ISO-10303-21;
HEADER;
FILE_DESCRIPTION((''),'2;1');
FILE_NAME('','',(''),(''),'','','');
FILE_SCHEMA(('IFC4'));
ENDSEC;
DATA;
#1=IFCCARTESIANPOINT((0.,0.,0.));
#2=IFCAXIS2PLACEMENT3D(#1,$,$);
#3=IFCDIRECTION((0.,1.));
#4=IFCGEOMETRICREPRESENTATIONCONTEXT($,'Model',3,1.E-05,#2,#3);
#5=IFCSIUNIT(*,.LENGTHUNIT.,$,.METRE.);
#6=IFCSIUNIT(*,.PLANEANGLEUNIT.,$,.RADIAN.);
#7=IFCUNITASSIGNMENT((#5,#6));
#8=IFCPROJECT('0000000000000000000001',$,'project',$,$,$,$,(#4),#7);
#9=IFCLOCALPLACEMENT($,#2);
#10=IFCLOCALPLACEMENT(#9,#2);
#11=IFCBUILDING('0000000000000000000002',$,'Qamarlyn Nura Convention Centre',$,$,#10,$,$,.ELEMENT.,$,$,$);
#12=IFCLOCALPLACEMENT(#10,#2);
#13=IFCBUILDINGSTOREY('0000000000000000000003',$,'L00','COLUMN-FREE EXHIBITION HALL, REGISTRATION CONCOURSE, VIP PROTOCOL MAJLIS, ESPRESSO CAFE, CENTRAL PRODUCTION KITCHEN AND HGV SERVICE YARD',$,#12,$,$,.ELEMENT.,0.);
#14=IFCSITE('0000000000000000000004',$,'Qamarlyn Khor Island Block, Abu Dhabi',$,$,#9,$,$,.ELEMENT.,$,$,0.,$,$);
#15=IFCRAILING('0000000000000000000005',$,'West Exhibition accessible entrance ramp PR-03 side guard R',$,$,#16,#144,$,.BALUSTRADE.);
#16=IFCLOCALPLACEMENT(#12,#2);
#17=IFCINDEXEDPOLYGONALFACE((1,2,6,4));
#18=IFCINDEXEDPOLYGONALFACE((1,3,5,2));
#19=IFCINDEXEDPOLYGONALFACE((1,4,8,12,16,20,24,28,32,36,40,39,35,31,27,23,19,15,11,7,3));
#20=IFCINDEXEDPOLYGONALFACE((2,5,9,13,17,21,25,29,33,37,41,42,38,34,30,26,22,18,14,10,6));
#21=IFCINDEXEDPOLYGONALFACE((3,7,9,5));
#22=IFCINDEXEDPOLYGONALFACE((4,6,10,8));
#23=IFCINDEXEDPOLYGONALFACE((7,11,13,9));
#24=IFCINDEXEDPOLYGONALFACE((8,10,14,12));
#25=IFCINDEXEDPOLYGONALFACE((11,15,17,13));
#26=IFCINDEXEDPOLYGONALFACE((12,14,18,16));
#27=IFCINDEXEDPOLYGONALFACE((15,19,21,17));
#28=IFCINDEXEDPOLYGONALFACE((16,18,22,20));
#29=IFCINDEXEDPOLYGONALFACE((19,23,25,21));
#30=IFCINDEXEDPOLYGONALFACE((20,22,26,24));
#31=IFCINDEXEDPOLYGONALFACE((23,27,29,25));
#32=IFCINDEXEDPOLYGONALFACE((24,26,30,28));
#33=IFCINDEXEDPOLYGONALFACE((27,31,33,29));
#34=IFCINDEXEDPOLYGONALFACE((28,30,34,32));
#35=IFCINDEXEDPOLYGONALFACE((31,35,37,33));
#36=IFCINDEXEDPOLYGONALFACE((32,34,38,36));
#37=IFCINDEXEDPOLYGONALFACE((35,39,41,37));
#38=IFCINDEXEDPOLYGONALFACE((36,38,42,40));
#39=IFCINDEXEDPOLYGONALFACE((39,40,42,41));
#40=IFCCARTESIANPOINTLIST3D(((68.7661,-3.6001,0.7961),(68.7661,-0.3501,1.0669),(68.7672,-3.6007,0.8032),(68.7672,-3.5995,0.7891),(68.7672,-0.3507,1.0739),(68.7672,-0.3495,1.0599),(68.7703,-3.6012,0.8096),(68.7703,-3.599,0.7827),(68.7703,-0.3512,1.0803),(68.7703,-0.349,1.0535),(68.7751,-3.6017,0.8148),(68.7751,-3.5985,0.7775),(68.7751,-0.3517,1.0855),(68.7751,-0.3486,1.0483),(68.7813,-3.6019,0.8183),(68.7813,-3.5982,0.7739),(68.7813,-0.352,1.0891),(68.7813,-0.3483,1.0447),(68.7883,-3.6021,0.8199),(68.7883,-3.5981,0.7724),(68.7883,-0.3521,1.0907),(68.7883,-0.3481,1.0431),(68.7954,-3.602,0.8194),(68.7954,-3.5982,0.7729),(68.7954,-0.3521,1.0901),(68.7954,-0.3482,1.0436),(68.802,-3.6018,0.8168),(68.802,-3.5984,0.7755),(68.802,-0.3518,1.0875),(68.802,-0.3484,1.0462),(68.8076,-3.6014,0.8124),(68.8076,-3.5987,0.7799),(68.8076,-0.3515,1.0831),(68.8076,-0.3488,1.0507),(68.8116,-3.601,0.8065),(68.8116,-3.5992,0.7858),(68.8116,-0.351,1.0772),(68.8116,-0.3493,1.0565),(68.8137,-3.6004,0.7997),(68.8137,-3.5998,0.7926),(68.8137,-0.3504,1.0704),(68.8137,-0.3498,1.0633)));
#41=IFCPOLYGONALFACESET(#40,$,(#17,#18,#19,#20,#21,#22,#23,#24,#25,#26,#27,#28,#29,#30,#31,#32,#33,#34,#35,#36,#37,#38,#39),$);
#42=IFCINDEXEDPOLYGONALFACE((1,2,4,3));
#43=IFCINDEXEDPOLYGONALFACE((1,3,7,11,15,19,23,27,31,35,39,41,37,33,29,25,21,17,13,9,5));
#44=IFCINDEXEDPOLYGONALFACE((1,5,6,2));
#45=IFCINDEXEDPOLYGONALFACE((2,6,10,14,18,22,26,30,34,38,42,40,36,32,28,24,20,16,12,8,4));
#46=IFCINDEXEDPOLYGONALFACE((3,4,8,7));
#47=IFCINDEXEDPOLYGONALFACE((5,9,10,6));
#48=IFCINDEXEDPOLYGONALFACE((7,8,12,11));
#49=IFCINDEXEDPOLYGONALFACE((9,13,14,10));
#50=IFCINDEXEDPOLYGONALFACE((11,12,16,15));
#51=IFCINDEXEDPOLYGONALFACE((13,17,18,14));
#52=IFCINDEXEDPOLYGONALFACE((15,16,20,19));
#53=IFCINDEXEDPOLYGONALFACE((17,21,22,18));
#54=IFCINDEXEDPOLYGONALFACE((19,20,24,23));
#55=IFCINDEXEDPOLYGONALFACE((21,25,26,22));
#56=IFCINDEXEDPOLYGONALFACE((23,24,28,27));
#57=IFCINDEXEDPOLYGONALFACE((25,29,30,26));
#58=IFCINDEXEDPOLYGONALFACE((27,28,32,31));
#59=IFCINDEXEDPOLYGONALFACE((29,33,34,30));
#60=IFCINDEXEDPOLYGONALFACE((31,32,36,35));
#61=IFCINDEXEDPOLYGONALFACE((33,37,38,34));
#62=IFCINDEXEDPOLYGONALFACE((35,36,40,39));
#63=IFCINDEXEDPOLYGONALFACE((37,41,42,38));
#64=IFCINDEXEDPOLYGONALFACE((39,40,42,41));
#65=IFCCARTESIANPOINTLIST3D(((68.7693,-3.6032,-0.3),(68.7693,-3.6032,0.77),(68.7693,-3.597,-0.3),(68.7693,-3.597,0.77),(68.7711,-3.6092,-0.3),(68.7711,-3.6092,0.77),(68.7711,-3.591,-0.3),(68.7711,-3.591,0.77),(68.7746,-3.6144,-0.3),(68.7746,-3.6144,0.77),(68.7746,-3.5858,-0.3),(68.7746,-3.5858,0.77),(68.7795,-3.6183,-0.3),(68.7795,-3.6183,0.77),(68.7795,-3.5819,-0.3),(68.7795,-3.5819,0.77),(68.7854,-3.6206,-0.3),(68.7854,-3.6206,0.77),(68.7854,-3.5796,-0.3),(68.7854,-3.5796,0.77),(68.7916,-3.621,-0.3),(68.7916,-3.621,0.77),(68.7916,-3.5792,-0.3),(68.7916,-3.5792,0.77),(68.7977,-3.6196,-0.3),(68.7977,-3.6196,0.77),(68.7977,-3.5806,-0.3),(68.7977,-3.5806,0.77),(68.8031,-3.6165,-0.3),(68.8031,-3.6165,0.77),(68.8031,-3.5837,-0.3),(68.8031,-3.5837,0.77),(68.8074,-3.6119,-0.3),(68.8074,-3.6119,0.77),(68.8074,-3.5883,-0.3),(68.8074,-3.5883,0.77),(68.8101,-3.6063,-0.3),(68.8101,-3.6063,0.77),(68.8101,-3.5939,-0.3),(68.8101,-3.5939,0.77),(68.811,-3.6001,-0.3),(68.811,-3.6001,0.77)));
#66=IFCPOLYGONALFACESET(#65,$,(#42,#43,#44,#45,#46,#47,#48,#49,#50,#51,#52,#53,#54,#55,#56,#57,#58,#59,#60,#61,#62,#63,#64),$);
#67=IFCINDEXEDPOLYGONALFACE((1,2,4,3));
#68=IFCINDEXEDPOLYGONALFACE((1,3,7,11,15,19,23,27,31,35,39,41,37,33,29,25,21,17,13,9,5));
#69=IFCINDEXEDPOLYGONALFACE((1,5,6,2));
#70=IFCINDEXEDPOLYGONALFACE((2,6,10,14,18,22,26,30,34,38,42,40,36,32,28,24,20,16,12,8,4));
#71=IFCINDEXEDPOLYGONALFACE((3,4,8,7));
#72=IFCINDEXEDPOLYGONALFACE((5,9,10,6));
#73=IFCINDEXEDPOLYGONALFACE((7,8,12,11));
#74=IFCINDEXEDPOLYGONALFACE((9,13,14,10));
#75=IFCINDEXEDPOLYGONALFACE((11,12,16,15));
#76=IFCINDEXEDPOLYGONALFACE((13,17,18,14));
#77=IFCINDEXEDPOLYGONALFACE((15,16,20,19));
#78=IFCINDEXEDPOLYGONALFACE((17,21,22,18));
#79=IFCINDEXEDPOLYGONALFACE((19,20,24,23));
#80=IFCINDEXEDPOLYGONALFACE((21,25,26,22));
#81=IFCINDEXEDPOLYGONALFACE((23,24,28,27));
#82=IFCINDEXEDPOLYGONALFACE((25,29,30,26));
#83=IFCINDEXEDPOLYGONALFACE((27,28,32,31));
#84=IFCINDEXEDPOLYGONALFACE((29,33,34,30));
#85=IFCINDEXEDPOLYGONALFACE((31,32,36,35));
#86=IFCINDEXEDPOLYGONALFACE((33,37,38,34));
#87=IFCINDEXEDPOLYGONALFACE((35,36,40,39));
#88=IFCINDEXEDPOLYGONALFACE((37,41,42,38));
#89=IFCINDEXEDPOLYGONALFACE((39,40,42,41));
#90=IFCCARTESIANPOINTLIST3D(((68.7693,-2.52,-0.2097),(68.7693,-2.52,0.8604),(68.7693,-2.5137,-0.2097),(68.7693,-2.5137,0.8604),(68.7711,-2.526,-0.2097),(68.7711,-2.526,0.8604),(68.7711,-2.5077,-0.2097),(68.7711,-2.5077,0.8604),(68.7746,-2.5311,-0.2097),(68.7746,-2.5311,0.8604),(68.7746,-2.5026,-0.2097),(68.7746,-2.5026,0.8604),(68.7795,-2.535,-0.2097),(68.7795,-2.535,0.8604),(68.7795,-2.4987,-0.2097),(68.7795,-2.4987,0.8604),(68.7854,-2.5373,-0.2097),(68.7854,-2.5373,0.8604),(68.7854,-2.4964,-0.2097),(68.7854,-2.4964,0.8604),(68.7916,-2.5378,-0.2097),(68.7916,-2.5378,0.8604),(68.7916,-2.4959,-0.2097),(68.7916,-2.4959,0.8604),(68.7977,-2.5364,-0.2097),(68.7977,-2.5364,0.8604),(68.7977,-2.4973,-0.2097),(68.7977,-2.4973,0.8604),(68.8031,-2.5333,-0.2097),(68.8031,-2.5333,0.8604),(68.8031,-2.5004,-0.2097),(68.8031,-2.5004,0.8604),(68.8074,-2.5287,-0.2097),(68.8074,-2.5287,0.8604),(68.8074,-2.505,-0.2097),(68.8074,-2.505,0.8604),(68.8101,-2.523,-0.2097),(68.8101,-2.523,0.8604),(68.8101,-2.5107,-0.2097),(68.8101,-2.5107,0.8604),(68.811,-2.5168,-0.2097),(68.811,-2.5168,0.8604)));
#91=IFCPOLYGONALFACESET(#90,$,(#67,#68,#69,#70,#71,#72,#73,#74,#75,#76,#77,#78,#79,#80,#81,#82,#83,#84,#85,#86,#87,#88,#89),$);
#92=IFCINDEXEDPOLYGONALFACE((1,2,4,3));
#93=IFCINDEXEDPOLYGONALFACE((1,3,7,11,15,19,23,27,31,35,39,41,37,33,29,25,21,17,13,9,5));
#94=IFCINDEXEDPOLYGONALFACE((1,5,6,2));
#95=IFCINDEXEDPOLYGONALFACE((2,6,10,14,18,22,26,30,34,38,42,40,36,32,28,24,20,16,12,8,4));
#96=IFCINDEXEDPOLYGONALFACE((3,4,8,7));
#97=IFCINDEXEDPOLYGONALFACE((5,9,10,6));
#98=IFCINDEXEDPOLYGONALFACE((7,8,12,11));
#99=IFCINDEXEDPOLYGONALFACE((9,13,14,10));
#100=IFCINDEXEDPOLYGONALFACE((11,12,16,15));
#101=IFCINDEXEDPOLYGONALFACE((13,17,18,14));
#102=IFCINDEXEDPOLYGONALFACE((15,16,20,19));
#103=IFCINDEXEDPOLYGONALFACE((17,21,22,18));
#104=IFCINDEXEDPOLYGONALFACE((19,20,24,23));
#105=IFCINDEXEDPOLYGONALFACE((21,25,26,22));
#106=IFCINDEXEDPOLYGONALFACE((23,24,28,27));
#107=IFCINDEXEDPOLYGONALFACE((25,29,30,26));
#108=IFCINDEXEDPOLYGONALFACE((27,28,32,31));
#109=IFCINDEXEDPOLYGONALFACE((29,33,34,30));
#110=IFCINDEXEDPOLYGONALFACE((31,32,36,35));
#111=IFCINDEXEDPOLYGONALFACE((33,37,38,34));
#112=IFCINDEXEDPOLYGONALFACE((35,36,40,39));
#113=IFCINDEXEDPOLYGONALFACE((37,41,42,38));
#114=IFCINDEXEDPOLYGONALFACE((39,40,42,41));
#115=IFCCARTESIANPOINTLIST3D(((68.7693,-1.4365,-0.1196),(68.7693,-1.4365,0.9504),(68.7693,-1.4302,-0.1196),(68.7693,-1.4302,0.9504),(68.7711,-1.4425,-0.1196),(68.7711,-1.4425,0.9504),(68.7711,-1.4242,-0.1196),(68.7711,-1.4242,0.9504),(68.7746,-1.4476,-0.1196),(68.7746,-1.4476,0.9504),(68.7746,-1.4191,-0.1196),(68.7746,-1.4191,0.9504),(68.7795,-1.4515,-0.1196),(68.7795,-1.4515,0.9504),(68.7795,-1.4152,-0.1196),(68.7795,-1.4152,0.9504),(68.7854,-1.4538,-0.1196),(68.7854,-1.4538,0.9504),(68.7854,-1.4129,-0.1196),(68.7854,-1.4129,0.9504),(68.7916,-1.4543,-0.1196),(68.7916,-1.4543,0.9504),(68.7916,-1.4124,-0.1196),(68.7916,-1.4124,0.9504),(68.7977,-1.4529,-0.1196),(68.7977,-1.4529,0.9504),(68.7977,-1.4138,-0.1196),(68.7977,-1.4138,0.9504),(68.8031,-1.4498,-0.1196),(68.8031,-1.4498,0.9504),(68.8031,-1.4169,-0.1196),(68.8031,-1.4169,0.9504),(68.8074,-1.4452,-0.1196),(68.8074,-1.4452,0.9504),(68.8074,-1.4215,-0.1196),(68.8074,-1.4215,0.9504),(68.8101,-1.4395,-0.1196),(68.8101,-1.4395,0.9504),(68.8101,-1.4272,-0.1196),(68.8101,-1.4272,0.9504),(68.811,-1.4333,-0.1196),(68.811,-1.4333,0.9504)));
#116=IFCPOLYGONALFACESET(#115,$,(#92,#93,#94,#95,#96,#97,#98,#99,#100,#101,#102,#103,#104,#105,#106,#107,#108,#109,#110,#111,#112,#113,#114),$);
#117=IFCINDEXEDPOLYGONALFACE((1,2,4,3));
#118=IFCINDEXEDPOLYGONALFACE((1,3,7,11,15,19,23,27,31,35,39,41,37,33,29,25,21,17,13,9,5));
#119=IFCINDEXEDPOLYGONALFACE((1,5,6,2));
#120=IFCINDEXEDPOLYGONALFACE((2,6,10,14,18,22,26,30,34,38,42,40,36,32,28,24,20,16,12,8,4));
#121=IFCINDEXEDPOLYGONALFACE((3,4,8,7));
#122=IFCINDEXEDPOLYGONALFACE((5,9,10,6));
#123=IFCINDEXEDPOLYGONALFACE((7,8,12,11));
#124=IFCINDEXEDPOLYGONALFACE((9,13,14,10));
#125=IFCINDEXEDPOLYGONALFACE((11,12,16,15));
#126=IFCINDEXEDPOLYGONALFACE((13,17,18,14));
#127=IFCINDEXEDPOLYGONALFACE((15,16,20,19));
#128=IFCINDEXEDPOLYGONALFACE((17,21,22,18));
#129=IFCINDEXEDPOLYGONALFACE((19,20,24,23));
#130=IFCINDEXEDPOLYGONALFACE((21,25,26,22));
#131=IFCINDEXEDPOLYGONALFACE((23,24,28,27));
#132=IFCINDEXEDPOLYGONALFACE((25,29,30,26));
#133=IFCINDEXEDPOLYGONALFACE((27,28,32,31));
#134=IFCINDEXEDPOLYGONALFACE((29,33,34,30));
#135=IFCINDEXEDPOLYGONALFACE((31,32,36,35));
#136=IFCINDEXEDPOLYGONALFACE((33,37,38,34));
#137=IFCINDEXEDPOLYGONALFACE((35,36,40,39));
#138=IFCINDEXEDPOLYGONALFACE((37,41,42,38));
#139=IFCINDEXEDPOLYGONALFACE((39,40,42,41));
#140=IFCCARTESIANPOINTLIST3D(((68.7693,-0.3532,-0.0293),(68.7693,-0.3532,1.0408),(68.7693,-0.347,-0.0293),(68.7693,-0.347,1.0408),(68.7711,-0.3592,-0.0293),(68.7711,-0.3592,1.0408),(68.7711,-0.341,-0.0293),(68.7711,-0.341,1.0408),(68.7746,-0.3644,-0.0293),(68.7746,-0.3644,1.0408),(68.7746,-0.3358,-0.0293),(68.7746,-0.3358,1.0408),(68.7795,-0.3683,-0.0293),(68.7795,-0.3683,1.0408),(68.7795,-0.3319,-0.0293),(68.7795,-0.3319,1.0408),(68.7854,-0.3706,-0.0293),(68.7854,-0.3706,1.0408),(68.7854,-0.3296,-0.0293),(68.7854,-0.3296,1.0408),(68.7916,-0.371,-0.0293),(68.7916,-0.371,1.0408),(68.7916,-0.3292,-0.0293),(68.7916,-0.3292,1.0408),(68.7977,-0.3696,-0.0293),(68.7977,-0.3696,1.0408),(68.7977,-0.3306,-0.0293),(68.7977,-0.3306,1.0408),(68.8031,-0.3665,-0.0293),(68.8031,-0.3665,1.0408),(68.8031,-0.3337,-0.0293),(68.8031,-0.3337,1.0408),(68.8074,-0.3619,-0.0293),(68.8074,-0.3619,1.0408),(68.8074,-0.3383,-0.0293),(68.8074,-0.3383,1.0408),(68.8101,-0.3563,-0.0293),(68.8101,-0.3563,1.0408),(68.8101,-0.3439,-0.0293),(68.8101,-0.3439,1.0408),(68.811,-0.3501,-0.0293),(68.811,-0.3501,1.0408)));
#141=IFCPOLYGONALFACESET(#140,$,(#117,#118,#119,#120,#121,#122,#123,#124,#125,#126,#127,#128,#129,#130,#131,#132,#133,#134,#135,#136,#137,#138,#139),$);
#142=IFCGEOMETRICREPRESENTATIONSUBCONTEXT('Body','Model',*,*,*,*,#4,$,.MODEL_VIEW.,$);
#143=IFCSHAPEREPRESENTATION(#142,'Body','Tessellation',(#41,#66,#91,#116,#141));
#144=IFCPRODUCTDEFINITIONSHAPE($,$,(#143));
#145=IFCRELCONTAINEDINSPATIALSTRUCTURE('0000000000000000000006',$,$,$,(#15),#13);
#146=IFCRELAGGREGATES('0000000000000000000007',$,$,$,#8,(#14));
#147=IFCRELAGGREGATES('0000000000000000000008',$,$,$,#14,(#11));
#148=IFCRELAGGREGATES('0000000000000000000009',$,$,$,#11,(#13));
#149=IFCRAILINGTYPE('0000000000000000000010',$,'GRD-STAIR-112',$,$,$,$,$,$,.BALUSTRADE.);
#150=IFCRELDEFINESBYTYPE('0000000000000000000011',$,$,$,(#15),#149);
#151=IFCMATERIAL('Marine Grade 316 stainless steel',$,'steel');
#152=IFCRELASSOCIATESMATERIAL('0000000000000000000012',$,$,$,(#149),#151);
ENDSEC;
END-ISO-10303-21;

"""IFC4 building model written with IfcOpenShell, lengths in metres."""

from ifc_helpers import new_model, si_unit, direction, frame, origin, origin_2d, place, context, subcontext, project, spatial, circle, extrude, material, type_object, element, save


model = new_model("IFC4")

# Units and contexts
model_context = context("Model", 3, precision=1e-05, world=origin(), true_north=direction((0.0, 1.0)))
body_context = subcontext(model_context, "Body", "Model", "MODEL_VIEW")
ifc_project = project(units=[si_unit("LENGTHUNIT", "METRE"), si_unit("PLANEANGLEUNIT", "RADIAN")], contexts=[model_context])

# Site, building, storey
site_placement = place(None, origin())
site = spatial("IfcSite", under=ifc_project, at=site_placement, Name="Qamarlyn Khor Island Block, Abu Dhabi", CompositionType="ELEMENT", RefElevation=0.0)
building_placement = place(site_placement, origin())
building = spatial("IfcBuilding", under=site, at=building_placement, Name="Qamarlyn Nura Convention Centre", CompositionType="ELEMENT")
storey_placement = place(building_placement, origin())
storey = spatial("IfcBuildingStorey", under=building, at=storey_placement, Name="L00", Description="COLUMN-FREE EXHIBITION HALL, REGISTRATION CONCOURSE, VIP PROTOCOL MAJLIS, ESPRESSO CAFE, CENTRAL PRODUCTION KITCHEN AND HGV SERVICE YARD", CompositionType="ELEMENT", Elevation=0.0)

# Railing
ifc_material_1 = material(Name="Marine Grade 316 stainless steel", Category="steel")
railing_type_1 = type_object("IfcRailingType", Name="GRD-STAIR-112", PredefinedType="BALUSTRADE", material=ifc_material_1)
for number, where, name in (
    (1, (68.79, -3.6001, -0.3), "West Exhibition accessible entrance ramp PR-03 side guard R"),
):
    element("IfcRailing", number, at=place(storey_placement, frame(where)), inside=storey, type_object=railing_type_1, Name=name, PredefinedType="BALUSTRADE", context=body_context, shape_type="SweptSolid", body=[
        extrude(circle(Radius=0.0239, at=origin_2d()), frame((0.0, 0.0, 1.0962), z_axis=(0.0, 0.996548, 0.083021), x_axis=(-1.0, 0.0, 0.0)), (0.0, 0.0, 1.0), 3.2612),
        extrude(circle(Radius=0.021, at=origin_2d()), origin(), (0.0, 0.0, 1.0), 1.0701),
        extrude(circle(Radius=0.021, at=origin_2d()), frame((0.0, 1.0833, 0.0903)), (0.0, 0.0, 1.0), 1.0701),
        extrude(circle(Radius=0.021, at=origin_2d()), frame((0.0, 2.1667, 0.1804)), (0.0, 0.0, 1.0), 1.0701),
        extrude(circle(Radius=0.021, at=origin_2d()), frame((0.0, 3.25, 0.2708)), (0.0, 0.0, 1.0), 1.0701),
    ])

save(model, "model.ifc")
